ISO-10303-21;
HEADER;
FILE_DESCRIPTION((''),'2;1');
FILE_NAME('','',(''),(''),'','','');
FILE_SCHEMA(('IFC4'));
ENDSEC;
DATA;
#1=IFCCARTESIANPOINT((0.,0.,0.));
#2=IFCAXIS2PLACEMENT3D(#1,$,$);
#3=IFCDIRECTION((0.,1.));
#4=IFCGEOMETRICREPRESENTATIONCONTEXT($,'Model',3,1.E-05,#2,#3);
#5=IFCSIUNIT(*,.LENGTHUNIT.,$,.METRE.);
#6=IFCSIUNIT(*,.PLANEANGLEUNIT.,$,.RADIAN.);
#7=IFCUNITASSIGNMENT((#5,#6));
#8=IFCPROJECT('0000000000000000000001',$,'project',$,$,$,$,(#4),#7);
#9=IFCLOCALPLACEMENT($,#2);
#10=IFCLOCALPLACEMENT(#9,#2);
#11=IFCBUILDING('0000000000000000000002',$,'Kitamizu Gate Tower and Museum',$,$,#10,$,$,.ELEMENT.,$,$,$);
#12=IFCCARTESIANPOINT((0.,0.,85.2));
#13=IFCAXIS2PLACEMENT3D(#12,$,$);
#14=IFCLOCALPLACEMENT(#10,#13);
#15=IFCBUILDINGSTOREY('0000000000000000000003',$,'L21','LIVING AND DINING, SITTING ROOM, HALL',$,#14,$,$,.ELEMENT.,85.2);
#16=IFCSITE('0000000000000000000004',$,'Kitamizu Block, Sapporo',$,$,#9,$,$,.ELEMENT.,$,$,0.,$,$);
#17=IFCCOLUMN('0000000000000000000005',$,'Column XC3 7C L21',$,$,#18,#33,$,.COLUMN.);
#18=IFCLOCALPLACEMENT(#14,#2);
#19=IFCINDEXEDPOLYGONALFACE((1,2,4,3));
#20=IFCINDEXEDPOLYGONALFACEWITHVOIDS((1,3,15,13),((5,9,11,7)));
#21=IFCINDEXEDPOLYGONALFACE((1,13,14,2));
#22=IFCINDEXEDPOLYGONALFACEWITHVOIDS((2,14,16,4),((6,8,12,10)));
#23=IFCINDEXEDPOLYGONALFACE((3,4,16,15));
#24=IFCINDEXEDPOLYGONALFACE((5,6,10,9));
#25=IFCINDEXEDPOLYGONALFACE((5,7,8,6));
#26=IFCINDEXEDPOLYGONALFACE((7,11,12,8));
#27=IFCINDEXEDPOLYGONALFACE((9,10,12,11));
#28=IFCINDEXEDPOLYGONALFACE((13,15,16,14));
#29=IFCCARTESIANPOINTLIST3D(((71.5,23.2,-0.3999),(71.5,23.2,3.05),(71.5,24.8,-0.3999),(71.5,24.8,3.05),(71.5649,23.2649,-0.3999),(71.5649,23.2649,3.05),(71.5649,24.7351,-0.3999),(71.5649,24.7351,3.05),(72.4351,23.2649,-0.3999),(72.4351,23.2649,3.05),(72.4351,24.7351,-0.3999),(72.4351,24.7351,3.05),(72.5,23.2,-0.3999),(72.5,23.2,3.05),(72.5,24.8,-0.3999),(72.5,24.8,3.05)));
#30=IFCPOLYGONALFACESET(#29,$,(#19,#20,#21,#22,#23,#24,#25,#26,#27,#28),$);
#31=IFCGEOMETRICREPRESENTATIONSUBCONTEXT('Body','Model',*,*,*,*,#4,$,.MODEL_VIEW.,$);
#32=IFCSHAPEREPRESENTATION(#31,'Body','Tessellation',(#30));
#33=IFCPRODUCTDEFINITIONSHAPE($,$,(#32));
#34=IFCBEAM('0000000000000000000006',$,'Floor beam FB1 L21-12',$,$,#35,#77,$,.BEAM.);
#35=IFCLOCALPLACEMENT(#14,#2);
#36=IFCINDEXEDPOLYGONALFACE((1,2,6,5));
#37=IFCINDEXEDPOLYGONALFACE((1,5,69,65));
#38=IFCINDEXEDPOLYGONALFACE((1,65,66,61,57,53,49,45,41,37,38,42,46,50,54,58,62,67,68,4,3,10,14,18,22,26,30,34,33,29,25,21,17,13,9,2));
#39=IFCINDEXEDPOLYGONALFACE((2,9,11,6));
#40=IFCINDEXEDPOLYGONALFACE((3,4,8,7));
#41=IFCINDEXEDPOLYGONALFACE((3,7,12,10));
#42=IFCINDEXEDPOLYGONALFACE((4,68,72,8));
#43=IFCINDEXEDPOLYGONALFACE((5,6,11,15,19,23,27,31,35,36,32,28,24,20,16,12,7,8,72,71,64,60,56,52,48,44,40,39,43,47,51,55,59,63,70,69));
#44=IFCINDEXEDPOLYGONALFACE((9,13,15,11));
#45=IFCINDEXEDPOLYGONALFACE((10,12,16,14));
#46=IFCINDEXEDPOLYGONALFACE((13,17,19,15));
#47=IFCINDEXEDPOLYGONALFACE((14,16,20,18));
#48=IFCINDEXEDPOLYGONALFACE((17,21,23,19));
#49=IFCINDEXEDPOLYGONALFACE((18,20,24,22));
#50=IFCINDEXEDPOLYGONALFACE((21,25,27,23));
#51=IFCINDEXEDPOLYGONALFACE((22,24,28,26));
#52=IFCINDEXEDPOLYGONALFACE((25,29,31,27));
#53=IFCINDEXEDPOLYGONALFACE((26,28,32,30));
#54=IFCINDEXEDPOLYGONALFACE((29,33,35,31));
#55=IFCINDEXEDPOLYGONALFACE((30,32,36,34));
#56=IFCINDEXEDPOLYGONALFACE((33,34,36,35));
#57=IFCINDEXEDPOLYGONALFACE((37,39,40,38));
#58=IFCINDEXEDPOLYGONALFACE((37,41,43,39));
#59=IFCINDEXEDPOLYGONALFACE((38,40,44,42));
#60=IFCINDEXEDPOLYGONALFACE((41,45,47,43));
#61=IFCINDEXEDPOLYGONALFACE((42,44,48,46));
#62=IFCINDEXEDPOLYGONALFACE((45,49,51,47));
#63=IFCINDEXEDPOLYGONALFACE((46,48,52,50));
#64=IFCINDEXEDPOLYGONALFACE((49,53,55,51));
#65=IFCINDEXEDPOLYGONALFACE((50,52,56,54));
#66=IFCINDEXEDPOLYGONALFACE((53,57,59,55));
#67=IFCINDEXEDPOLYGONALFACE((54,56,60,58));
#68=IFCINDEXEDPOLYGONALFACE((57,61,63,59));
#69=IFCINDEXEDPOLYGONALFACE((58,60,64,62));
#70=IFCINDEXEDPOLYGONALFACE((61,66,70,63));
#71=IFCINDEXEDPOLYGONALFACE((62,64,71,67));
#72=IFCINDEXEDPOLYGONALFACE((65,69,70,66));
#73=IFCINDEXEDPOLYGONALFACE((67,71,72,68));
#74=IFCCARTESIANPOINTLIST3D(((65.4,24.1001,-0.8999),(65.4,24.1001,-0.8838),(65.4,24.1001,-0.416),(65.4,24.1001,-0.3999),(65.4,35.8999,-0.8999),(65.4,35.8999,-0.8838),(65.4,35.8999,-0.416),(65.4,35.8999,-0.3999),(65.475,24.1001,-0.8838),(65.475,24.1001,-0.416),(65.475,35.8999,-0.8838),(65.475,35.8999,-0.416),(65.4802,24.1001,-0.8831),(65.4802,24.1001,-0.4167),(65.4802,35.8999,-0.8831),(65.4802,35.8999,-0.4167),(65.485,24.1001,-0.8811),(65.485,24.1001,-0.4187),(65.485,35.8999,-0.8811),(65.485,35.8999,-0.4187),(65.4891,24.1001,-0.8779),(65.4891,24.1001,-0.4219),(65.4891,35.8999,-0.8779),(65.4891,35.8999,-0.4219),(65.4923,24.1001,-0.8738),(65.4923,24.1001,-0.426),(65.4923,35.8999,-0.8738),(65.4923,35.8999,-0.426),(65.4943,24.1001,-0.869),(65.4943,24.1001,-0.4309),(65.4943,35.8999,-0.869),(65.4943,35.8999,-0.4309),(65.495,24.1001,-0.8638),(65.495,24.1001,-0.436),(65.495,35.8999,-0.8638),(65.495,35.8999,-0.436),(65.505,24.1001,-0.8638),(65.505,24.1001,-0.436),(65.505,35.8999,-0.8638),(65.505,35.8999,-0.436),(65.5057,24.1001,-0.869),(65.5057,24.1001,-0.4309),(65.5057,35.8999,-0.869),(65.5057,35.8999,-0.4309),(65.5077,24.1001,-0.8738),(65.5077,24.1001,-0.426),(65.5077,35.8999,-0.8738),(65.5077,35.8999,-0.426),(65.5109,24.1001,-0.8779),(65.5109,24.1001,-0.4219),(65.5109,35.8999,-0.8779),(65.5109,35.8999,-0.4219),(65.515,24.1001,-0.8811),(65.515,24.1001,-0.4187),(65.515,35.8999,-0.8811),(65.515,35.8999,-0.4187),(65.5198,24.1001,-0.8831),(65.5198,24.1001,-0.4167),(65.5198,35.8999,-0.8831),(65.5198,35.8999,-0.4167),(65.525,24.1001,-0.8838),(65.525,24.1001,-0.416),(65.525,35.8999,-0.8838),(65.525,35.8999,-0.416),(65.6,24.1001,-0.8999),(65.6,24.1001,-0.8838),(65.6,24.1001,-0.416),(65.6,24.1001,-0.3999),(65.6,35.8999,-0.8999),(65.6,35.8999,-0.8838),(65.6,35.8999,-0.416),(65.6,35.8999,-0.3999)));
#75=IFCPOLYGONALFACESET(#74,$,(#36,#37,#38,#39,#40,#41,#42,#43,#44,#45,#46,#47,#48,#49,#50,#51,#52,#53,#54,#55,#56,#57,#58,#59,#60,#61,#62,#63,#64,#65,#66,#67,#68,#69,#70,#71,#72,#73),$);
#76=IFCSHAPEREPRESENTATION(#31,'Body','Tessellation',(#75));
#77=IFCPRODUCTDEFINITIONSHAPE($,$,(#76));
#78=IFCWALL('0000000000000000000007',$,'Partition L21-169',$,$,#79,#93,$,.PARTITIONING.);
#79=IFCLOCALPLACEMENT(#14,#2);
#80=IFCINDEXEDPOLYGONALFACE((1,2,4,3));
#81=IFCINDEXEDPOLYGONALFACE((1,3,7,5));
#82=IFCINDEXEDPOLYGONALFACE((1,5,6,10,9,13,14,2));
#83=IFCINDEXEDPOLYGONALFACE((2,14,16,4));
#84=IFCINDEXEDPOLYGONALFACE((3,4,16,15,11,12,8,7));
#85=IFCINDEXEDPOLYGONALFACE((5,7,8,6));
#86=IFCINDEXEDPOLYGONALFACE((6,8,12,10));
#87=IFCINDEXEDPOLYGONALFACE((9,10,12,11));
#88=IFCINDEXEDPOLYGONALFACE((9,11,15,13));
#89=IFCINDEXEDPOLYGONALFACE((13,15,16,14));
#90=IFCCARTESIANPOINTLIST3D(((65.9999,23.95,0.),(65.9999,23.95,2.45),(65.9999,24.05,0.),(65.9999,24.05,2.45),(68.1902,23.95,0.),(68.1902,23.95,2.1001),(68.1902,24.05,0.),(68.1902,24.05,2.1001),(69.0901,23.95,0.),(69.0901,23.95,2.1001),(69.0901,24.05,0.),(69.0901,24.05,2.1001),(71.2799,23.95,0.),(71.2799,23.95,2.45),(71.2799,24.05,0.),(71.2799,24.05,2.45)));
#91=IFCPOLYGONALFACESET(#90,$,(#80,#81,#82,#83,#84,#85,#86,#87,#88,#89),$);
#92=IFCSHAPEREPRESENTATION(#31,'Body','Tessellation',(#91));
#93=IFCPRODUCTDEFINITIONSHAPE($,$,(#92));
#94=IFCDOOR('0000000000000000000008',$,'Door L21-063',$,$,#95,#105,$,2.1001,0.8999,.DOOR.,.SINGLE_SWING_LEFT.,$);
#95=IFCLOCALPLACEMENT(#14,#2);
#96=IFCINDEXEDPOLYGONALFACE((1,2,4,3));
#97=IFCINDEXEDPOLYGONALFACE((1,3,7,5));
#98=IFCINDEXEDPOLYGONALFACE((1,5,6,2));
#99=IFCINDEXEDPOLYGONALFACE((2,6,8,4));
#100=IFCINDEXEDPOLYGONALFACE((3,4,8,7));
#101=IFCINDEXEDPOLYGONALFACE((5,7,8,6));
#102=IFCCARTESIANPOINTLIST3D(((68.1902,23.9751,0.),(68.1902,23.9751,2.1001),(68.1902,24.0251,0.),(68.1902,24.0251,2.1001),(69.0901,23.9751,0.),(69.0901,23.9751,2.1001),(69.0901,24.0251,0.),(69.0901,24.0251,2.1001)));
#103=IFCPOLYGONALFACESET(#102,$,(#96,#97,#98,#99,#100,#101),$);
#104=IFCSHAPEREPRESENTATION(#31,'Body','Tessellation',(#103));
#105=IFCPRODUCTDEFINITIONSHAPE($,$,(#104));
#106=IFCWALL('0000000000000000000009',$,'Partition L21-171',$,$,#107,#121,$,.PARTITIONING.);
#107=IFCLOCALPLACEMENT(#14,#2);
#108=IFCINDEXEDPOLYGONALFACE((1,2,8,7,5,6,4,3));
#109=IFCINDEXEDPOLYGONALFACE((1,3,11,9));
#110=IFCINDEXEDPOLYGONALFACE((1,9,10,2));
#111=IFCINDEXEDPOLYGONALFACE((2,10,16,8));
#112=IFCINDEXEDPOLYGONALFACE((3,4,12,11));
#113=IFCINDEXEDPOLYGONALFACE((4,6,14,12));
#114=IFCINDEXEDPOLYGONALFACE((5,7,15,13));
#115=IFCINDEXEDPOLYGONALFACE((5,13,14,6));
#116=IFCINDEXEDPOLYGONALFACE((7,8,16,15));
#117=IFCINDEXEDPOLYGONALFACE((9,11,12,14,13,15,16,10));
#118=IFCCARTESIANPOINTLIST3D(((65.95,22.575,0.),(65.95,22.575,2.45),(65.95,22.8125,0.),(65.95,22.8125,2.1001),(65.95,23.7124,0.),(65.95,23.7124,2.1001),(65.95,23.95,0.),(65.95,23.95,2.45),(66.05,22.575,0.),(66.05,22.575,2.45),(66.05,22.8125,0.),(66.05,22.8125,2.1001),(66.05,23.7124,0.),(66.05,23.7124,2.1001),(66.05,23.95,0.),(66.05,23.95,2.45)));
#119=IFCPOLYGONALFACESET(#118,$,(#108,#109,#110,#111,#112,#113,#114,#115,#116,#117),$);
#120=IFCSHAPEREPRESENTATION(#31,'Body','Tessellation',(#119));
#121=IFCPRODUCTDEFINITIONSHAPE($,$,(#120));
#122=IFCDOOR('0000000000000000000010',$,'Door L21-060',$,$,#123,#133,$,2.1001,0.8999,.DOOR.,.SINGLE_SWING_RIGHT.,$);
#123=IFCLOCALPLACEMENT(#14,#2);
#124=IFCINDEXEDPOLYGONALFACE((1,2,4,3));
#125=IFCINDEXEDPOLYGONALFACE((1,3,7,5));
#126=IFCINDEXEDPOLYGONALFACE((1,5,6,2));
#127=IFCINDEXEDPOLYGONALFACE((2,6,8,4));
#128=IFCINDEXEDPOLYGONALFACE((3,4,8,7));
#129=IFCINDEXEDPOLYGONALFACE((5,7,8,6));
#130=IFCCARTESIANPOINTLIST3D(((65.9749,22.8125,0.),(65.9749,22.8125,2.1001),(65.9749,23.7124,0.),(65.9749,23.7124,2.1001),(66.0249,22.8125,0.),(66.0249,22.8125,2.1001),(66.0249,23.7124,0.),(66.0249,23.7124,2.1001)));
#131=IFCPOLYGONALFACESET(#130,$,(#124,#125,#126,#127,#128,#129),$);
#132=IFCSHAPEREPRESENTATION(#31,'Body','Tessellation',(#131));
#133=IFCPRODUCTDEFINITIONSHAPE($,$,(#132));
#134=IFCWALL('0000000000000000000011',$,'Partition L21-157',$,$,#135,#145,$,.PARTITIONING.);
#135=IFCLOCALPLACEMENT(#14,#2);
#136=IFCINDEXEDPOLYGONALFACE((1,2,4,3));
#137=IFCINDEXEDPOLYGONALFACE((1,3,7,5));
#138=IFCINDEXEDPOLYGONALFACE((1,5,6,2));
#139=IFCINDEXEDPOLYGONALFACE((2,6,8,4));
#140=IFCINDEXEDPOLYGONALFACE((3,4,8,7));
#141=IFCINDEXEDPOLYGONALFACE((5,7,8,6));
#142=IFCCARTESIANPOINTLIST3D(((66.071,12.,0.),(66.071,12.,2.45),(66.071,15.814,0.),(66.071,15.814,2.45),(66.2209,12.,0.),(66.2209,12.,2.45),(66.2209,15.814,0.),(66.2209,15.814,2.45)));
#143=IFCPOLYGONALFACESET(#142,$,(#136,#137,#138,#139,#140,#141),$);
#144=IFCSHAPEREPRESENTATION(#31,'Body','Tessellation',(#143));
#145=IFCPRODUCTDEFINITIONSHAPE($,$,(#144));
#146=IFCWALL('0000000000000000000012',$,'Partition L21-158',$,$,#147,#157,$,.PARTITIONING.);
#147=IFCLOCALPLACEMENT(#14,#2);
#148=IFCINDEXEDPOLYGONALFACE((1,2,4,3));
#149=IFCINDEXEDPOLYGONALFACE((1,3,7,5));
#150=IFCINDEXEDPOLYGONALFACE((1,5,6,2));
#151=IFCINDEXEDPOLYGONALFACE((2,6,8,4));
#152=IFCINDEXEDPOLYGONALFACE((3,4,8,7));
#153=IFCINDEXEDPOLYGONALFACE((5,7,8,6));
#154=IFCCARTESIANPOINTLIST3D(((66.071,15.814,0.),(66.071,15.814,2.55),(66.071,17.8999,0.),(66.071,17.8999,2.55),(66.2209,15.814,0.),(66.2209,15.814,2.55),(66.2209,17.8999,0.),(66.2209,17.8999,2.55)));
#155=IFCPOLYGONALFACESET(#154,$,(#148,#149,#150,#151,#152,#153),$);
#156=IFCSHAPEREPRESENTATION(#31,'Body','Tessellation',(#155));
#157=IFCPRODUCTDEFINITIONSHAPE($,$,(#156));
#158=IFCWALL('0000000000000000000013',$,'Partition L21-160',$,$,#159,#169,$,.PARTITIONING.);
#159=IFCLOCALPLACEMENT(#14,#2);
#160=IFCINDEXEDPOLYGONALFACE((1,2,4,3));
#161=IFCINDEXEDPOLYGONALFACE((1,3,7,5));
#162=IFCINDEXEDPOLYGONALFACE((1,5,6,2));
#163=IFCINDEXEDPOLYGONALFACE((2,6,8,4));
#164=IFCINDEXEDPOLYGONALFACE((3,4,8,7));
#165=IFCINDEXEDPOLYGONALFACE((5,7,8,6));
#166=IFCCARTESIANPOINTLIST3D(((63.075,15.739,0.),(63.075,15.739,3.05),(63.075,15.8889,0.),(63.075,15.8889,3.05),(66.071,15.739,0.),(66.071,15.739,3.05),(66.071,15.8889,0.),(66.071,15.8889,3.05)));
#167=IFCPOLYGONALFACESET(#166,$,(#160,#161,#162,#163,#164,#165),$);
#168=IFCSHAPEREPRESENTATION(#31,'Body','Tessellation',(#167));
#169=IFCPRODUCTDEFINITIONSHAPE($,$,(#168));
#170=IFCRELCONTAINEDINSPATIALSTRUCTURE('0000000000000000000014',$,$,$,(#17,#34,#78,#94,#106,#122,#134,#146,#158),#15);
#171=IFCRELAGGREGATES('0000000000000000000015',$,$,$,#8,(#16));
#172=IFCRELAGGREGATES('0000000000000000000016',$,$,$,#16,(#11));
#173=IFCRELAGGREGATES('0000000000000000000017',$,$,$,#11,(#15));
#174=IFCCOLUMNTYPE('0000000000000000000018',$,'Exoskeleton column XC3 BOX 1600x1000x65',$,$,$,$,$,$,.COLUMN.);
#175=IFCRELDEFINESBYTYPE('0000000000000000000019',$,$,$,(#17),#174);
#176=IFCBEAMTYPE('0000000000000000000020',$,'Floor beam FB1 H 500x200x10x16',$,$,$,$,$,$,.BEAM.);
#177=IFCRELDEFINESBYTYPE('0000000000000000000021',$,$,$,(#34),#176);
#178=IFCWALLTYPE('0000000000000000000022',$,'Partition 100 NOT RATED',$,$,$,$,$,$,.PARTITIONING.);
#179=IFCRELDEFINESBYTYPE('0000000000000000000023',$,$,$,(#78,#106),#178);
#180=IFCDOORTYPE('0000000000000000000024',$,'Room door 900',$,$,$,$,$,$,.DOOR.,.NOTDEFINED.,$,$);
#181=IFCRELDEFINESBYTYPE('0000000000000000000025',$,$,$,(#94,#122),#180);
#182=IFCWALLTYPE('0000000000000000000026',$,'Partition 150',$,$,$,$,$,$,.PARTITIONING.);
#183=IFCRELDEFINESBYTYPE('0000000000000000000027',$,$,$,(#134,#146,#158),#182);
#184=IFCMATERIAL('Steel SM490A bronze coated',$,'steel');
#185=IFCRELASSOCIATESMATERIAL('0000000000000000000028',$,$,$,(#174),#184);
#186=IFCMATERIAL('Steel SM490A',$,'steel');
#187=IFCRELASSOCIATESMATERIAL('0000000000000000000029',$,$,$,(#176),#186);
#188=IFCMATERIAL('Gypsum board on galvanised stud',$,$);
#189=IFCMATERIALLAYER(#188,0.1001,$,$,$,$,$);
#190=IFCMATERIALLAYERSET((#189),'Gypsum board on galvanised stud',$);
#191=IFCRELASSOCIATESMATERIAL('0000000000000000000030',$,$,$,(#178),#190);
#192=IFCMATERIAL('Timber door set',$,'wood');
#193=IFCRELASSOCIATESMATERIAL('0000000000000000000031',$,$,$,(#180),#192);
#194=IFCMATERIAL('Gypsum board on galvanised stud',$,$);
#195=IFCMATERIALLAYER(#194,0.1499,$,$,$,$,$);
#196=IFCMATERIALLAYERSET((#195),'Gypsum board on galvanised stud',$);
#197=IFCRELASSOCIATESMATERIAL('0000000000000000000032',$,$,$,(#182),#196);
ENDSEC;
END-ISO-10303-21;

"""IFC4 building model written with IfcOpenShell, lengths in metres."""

from ifc_helpers import new_model, si_unit, direction, frame, frame_2d, origin, origin_2d, place, context, subcontext, project, spatial, rectangle, hollow_rectangle, i_section, extrude, material, layer, layer_set, material_profile, profile_set, type_object, element, fill, save


model = new_model("IFC4")

# Units and contexts
model_context = context("Model", 3, precision=1e-05, world=origin(), true_north=direction((0.0, 1.0)))
body_context = subcontext(model_context, "Body", "Model", "MODEL_VIEW")
ifc_project = project(units=[si_unit("LENGTHUNIT", "METRE"), si_unit("PLANEANGLEUNIT", "RADIAN")], contexts=[model_context])

# Site, building, storey
site_placement = place(None, origin())
site = spatial("IfcSite", under=ifc_project, at=site_placement, Name="Kitamizu Block, Sapporo", CompositionType="ELEMENT", RefElevation=0.0)
building_placement = place(site_placement, origin())
building = spatial("IfcBuilding", under=site, at=building_placement, Name="Kitamizu Gate Tower and Museum", CompositionType="ELEMENT")
storey_placement = place(building_placement, frame((0.0, 0.0, 85.2)))
storey = spatial("IfcBuildingStorey", under=building, at=storey_placement, Name="L21", Description="LIVING AND DINING, SITTING ROOM, HALL", CompositionType="ELEMENT", Elevation=85.2)

# Column
ifc_material_1 = material(Name="Steel SM490A bronze coated", Category="steel")
ifc_material_profile_1 = material_profile(ifc_material_1, hollow_rectangle(XDim=1.6001, YDim=1.0, WallThickness=0.0649, at=origin_2d()), Name="BOX 1600x1000x65")
ifc_profile_set_1 = profile_set([ifc_material_profile_1], Name="Steel SM490A bronze coated")
column_type = type_object("IfcColumnType", Name="Exoskeleton column XC3 BOX 1600x1000x65", PredefinedType="COLUMN", material=ifc_profile_set_1)
column_placement = place(storey_placement, frame((72.0, 24.0, -0.3999), z_axis=(0.0, 0.0, 1.0), x_axis=(0.0, 1.0, 0.0)))
element("IfcColumn", 1, at=column_placement, inside=storey, type_object=column_type, Name="Column XC3 7C L21", PredefinedType="COLUMN", context=body_context, shape_type="SweptSolid", body=[
    extrude(hollow_rectangle(XDim=1.6001, YDim=1.0, WallThickness=0.0649, at=origin_2d()), origin(), (0.0, 0.0, 1.0), 3.45),
])

# Beam
ifc_material_2 = material(Name="Steel SM490A", Category="steel")
ifc_material_profile_2 = material_profile(ifc_material_2, i_section(OverallWidth=0.2, OverallDepth=0.5, WebThickness=0.01, FlangeThickness=0.0161, FilletRadius=0.02, at=origin_2d()), Name="H-500x200x10x16")
ifc_profile_set_2 = profile_set([ifc_material_profile_2], Name="Steel SM490A")
beam_type = type_object("IfcBeamType", Name="Floor beam FB1 H 500x200x10x16", PredefinedType="BEAM", material=ifc_profile_set_2)
beam_placement = place(storey_placement, frame((65.5, 24.1001, -0.6499), z_axis=(0.0, 1.0, 0.0), x_axis=(-1.0, 0.0, 0.0)))
element("IfcBeam", 2, at=beam_placement, inside=storey, type_object=beam_type, Name="Floor beam FB1 L21-12", PredefinedType="BEAM", context=body_context, shape_type="SweptSolid", body=[
    extrude(i_section(OverallWidth=0.2, OverallDepth=0.5, WebThickness=0.01, FlangeThickness=0.0161, FilletRadius=0.02, at=origin_2d()), origin(), (0.0, 0.0, 1.0), 11.7998),
])

# Walls, openings, doors
ifc_material_3 = material(Name="Gypsum board on galvanised stud")
ifc_layer_1 = layer(ifc_material_3, 0.1001)
ifc_layer_set_1 = layer_set([ifc_layer_1], Name="Gypsum board on galvanised stud")
wall_type_1 = type_object("IfcWallType", Name="Partition 100 NOT RATED", PredefinedType="PARTITIONING", material=ifc_layer_set_1)
wall_1_placement = place(storey_placement, frame((71.28, 24.0, 0.0), z_axis=(0.0, 0.0, 1.0), x_axis=(-1.0, 0.0, 0.0)))
wall_1 = element("IfcWall", 3, at=wall_1_placement, inside=storey, type_object=wall_type_1, Name="Partition L21-169", PredefinedType="PARTITIONING", context=body_context, shape_type="SweptSolid", body=[
    extrude(rectangle(XDim=5.28, YDim=0.1001, at=frame_2d((2.6401, 0.0))), origin(), (0.0, 0.0, 1.0), 2.45),
])
opening_1_placement = place(wall_1_placement, frame((2.1899, 0.0, 0.0)))
opening_1 = element("IfcOpeningElement", 4, at=opening_1_placement, cuts=wall_1, PredefinedType="OPENING", context=body_context, shape_type="SweptSolid", body=[
    extrude(rectangle(XDim=0.8999, YDim=2.1001, at=frame_2d((0.45, 1.05))), frame((0.0, 0.0601, 0.0), z_axis=(0.0, -1.0, 0.0), x_axis=(1.0, 0.0, 0.0)), (0.0, 0.0, 1.0), 0.1201),
])
ifc_material_4 = material(Name="Timber door set", Category="wood")
door_type_1 = type_object("IfcDoorType", Name="Room door 900", OperationType="NOTDEFINED", PredefinedType="DOOR", material=ifc_material_4)
door_1_placement = place(opening_1_placement, origin())
door_1 = element("IfcDoor", 5, at=door_1_placement, inside=storey, type_object=door_type_1, Name="Door L21-063", OperationType="SINGLE_SWING_LEFT", OverallHeight=2.1001, OverallWidth=0.8999, PredefinedType="DOOR", context=body_context, shape_type="SweptSolid", body=[
    extrude(rectangle(XDim=0.8999, YDim=2.1001, at=frame_2d((0.45, 1.05))), frame((0.0, 0.0249, 0.0), z_axis=(0.0, -1.0, 0.0), x_axis=(1.0, 0.0, 0.0)), (0.0, 0.0, 1.0), 0.05),
])
fill(opening_1, door_1)
wall_2_placement = place(storey_placement, frame((66.0, 23.95, 0.0), z_axis=(0.0, 0.0, 1.0), x_axis=(0.0, -1.0, 0.0)))
wall_2 = element("IfcWall", 6, at=wall_2_placement, inside=storey, type_object=wall_type_1, Name="Partition L21-171", PredefinedType="PARTITIONING", context=body_context, shape_type="SweptSolid", body=[
    extrude(rectangle(XDim=1.375, YDim=0.1001, at=frame_2d((0.6875, 0.0))), origin(), (0.0, 0.0, 1.0), 2.45),
])
opening_2_placement = place(wall_2_placement, frame((0.2375, 0.0, 0.0)))
opening_2 = element("IfcOpeningElement", 7, at=opening_2_placement, cuts=wall_2, PredefinedType="OPENING", context=body_context, shape_type="SweptSolid", body=[
    extrude(rectangle(XDim=0.8999, YDim=2.1001, at=frame_2d((0.45, 1.05))), frame((0.0, 0.0601, 0.0), z_axis=(0.0, -1.0, 0.0), x_axis=(1.0, 0.0, 0.0)), (0.0, 0.0, 1.0), 0.1201),
])
door_2_placement = place(opening_2_placement, origin())
door_2 = element("IfcDoor", 8, at=door_2_placement, inside=storey, type_object=door_type_1, Name="Door L21-060", OperationType="SINGLE_SWING_RIGHT", OverallHeight=2.1001, OverallWidth=0.8999, PredefinedType="DOOR", context=body_context, shape_type="SweptSolid", body=[
    extrude(rectangle(XDim=0.8999, YDim=2.1001, at=frame_2d((0.45, 1.05))), frame((0.0, 0.0249, 0.0), z_axis=(0.0, -1.0, 0.0), x_axis=(1.0, 0.0, 0.0)), (0.0, 0.0, 1.0), 0.05),
])
fill(opening_2, door_2)

# Walls
ifc_material_5 = material(Name="Gypsum board on galvanised stud")
ifc_layer_2 = layer(ifc_material_5, 0.1499)
ifc_layer_set_2 = layer_set([ifc_layer_2], Name="Gypsum board on galvanised stud")
wall_type_2 = type_object("IfcWallType", Name="Partition 150", PredefinedType="PARTITIONING", material=ifc_layer_set_2)
wall_3_placement = place(storey_placement, frame((66.146, 15.814, 0.0), z_axis=(0.0, 0.0, 1.0), x_axis=(0.0, -1.0, 0.0)))
element("IfcWall", 9, at=wall_3_placement, inside=storey, type_object=wall_type_2, Name="Partition L21-157", PredefinedType="PARTITIONING", context=body_context, shape_type="SweptSolid", body=[
    extrude(rectangle(XDim=3.814, YDim=0.1499, at=frame_2d((1.907, 0.0))), origin(), (0.0, 0.0, 1.0), 2.45),
])
wall_4_placement = place(storey_placement, frame((66.146, 17.8999, 0.0), z_axis=(0.0, 0.0, 1.0), x_axis=(0.0, -1.0, 0.0)))
element("IfcWall", 10, at=wall_4_placement, inside=storey, type_object=wall_type_2, Name="Partition L21-158", PredefinedType="PARTITIONING", context=body_context, shape_type="SweptSolid", body=[
    extrude(rectangle(XDim=2.0859, YDim=0.1499, at=frame_2d((1.043, 0.0))), origin(), (0.0, 0.0, 1.0), 2.55),
])
wall_5_placement = place(storey_placement, frame((66.071, 15.814, 0.0), z_axis=(0.0, 0.0, 1.0), x_axis=(-1.0, 0.0, 0.0)))
element("IfcWall", 11, at=wall_5_placement, inside=storey, type_object=wall_type_2, Name="Partition L21-160", PredefinedType="PARTITIONING", context=body_context, shape_type="SweptSolid", body=[
    extrude(rectangle(XDim=2.9961, YDim=0.1499, at=frame_2d((1.498, 0.0))), origin(), (0.0, 0.0, 1.0), 3.05),
])

save(model, "model.ifc")
